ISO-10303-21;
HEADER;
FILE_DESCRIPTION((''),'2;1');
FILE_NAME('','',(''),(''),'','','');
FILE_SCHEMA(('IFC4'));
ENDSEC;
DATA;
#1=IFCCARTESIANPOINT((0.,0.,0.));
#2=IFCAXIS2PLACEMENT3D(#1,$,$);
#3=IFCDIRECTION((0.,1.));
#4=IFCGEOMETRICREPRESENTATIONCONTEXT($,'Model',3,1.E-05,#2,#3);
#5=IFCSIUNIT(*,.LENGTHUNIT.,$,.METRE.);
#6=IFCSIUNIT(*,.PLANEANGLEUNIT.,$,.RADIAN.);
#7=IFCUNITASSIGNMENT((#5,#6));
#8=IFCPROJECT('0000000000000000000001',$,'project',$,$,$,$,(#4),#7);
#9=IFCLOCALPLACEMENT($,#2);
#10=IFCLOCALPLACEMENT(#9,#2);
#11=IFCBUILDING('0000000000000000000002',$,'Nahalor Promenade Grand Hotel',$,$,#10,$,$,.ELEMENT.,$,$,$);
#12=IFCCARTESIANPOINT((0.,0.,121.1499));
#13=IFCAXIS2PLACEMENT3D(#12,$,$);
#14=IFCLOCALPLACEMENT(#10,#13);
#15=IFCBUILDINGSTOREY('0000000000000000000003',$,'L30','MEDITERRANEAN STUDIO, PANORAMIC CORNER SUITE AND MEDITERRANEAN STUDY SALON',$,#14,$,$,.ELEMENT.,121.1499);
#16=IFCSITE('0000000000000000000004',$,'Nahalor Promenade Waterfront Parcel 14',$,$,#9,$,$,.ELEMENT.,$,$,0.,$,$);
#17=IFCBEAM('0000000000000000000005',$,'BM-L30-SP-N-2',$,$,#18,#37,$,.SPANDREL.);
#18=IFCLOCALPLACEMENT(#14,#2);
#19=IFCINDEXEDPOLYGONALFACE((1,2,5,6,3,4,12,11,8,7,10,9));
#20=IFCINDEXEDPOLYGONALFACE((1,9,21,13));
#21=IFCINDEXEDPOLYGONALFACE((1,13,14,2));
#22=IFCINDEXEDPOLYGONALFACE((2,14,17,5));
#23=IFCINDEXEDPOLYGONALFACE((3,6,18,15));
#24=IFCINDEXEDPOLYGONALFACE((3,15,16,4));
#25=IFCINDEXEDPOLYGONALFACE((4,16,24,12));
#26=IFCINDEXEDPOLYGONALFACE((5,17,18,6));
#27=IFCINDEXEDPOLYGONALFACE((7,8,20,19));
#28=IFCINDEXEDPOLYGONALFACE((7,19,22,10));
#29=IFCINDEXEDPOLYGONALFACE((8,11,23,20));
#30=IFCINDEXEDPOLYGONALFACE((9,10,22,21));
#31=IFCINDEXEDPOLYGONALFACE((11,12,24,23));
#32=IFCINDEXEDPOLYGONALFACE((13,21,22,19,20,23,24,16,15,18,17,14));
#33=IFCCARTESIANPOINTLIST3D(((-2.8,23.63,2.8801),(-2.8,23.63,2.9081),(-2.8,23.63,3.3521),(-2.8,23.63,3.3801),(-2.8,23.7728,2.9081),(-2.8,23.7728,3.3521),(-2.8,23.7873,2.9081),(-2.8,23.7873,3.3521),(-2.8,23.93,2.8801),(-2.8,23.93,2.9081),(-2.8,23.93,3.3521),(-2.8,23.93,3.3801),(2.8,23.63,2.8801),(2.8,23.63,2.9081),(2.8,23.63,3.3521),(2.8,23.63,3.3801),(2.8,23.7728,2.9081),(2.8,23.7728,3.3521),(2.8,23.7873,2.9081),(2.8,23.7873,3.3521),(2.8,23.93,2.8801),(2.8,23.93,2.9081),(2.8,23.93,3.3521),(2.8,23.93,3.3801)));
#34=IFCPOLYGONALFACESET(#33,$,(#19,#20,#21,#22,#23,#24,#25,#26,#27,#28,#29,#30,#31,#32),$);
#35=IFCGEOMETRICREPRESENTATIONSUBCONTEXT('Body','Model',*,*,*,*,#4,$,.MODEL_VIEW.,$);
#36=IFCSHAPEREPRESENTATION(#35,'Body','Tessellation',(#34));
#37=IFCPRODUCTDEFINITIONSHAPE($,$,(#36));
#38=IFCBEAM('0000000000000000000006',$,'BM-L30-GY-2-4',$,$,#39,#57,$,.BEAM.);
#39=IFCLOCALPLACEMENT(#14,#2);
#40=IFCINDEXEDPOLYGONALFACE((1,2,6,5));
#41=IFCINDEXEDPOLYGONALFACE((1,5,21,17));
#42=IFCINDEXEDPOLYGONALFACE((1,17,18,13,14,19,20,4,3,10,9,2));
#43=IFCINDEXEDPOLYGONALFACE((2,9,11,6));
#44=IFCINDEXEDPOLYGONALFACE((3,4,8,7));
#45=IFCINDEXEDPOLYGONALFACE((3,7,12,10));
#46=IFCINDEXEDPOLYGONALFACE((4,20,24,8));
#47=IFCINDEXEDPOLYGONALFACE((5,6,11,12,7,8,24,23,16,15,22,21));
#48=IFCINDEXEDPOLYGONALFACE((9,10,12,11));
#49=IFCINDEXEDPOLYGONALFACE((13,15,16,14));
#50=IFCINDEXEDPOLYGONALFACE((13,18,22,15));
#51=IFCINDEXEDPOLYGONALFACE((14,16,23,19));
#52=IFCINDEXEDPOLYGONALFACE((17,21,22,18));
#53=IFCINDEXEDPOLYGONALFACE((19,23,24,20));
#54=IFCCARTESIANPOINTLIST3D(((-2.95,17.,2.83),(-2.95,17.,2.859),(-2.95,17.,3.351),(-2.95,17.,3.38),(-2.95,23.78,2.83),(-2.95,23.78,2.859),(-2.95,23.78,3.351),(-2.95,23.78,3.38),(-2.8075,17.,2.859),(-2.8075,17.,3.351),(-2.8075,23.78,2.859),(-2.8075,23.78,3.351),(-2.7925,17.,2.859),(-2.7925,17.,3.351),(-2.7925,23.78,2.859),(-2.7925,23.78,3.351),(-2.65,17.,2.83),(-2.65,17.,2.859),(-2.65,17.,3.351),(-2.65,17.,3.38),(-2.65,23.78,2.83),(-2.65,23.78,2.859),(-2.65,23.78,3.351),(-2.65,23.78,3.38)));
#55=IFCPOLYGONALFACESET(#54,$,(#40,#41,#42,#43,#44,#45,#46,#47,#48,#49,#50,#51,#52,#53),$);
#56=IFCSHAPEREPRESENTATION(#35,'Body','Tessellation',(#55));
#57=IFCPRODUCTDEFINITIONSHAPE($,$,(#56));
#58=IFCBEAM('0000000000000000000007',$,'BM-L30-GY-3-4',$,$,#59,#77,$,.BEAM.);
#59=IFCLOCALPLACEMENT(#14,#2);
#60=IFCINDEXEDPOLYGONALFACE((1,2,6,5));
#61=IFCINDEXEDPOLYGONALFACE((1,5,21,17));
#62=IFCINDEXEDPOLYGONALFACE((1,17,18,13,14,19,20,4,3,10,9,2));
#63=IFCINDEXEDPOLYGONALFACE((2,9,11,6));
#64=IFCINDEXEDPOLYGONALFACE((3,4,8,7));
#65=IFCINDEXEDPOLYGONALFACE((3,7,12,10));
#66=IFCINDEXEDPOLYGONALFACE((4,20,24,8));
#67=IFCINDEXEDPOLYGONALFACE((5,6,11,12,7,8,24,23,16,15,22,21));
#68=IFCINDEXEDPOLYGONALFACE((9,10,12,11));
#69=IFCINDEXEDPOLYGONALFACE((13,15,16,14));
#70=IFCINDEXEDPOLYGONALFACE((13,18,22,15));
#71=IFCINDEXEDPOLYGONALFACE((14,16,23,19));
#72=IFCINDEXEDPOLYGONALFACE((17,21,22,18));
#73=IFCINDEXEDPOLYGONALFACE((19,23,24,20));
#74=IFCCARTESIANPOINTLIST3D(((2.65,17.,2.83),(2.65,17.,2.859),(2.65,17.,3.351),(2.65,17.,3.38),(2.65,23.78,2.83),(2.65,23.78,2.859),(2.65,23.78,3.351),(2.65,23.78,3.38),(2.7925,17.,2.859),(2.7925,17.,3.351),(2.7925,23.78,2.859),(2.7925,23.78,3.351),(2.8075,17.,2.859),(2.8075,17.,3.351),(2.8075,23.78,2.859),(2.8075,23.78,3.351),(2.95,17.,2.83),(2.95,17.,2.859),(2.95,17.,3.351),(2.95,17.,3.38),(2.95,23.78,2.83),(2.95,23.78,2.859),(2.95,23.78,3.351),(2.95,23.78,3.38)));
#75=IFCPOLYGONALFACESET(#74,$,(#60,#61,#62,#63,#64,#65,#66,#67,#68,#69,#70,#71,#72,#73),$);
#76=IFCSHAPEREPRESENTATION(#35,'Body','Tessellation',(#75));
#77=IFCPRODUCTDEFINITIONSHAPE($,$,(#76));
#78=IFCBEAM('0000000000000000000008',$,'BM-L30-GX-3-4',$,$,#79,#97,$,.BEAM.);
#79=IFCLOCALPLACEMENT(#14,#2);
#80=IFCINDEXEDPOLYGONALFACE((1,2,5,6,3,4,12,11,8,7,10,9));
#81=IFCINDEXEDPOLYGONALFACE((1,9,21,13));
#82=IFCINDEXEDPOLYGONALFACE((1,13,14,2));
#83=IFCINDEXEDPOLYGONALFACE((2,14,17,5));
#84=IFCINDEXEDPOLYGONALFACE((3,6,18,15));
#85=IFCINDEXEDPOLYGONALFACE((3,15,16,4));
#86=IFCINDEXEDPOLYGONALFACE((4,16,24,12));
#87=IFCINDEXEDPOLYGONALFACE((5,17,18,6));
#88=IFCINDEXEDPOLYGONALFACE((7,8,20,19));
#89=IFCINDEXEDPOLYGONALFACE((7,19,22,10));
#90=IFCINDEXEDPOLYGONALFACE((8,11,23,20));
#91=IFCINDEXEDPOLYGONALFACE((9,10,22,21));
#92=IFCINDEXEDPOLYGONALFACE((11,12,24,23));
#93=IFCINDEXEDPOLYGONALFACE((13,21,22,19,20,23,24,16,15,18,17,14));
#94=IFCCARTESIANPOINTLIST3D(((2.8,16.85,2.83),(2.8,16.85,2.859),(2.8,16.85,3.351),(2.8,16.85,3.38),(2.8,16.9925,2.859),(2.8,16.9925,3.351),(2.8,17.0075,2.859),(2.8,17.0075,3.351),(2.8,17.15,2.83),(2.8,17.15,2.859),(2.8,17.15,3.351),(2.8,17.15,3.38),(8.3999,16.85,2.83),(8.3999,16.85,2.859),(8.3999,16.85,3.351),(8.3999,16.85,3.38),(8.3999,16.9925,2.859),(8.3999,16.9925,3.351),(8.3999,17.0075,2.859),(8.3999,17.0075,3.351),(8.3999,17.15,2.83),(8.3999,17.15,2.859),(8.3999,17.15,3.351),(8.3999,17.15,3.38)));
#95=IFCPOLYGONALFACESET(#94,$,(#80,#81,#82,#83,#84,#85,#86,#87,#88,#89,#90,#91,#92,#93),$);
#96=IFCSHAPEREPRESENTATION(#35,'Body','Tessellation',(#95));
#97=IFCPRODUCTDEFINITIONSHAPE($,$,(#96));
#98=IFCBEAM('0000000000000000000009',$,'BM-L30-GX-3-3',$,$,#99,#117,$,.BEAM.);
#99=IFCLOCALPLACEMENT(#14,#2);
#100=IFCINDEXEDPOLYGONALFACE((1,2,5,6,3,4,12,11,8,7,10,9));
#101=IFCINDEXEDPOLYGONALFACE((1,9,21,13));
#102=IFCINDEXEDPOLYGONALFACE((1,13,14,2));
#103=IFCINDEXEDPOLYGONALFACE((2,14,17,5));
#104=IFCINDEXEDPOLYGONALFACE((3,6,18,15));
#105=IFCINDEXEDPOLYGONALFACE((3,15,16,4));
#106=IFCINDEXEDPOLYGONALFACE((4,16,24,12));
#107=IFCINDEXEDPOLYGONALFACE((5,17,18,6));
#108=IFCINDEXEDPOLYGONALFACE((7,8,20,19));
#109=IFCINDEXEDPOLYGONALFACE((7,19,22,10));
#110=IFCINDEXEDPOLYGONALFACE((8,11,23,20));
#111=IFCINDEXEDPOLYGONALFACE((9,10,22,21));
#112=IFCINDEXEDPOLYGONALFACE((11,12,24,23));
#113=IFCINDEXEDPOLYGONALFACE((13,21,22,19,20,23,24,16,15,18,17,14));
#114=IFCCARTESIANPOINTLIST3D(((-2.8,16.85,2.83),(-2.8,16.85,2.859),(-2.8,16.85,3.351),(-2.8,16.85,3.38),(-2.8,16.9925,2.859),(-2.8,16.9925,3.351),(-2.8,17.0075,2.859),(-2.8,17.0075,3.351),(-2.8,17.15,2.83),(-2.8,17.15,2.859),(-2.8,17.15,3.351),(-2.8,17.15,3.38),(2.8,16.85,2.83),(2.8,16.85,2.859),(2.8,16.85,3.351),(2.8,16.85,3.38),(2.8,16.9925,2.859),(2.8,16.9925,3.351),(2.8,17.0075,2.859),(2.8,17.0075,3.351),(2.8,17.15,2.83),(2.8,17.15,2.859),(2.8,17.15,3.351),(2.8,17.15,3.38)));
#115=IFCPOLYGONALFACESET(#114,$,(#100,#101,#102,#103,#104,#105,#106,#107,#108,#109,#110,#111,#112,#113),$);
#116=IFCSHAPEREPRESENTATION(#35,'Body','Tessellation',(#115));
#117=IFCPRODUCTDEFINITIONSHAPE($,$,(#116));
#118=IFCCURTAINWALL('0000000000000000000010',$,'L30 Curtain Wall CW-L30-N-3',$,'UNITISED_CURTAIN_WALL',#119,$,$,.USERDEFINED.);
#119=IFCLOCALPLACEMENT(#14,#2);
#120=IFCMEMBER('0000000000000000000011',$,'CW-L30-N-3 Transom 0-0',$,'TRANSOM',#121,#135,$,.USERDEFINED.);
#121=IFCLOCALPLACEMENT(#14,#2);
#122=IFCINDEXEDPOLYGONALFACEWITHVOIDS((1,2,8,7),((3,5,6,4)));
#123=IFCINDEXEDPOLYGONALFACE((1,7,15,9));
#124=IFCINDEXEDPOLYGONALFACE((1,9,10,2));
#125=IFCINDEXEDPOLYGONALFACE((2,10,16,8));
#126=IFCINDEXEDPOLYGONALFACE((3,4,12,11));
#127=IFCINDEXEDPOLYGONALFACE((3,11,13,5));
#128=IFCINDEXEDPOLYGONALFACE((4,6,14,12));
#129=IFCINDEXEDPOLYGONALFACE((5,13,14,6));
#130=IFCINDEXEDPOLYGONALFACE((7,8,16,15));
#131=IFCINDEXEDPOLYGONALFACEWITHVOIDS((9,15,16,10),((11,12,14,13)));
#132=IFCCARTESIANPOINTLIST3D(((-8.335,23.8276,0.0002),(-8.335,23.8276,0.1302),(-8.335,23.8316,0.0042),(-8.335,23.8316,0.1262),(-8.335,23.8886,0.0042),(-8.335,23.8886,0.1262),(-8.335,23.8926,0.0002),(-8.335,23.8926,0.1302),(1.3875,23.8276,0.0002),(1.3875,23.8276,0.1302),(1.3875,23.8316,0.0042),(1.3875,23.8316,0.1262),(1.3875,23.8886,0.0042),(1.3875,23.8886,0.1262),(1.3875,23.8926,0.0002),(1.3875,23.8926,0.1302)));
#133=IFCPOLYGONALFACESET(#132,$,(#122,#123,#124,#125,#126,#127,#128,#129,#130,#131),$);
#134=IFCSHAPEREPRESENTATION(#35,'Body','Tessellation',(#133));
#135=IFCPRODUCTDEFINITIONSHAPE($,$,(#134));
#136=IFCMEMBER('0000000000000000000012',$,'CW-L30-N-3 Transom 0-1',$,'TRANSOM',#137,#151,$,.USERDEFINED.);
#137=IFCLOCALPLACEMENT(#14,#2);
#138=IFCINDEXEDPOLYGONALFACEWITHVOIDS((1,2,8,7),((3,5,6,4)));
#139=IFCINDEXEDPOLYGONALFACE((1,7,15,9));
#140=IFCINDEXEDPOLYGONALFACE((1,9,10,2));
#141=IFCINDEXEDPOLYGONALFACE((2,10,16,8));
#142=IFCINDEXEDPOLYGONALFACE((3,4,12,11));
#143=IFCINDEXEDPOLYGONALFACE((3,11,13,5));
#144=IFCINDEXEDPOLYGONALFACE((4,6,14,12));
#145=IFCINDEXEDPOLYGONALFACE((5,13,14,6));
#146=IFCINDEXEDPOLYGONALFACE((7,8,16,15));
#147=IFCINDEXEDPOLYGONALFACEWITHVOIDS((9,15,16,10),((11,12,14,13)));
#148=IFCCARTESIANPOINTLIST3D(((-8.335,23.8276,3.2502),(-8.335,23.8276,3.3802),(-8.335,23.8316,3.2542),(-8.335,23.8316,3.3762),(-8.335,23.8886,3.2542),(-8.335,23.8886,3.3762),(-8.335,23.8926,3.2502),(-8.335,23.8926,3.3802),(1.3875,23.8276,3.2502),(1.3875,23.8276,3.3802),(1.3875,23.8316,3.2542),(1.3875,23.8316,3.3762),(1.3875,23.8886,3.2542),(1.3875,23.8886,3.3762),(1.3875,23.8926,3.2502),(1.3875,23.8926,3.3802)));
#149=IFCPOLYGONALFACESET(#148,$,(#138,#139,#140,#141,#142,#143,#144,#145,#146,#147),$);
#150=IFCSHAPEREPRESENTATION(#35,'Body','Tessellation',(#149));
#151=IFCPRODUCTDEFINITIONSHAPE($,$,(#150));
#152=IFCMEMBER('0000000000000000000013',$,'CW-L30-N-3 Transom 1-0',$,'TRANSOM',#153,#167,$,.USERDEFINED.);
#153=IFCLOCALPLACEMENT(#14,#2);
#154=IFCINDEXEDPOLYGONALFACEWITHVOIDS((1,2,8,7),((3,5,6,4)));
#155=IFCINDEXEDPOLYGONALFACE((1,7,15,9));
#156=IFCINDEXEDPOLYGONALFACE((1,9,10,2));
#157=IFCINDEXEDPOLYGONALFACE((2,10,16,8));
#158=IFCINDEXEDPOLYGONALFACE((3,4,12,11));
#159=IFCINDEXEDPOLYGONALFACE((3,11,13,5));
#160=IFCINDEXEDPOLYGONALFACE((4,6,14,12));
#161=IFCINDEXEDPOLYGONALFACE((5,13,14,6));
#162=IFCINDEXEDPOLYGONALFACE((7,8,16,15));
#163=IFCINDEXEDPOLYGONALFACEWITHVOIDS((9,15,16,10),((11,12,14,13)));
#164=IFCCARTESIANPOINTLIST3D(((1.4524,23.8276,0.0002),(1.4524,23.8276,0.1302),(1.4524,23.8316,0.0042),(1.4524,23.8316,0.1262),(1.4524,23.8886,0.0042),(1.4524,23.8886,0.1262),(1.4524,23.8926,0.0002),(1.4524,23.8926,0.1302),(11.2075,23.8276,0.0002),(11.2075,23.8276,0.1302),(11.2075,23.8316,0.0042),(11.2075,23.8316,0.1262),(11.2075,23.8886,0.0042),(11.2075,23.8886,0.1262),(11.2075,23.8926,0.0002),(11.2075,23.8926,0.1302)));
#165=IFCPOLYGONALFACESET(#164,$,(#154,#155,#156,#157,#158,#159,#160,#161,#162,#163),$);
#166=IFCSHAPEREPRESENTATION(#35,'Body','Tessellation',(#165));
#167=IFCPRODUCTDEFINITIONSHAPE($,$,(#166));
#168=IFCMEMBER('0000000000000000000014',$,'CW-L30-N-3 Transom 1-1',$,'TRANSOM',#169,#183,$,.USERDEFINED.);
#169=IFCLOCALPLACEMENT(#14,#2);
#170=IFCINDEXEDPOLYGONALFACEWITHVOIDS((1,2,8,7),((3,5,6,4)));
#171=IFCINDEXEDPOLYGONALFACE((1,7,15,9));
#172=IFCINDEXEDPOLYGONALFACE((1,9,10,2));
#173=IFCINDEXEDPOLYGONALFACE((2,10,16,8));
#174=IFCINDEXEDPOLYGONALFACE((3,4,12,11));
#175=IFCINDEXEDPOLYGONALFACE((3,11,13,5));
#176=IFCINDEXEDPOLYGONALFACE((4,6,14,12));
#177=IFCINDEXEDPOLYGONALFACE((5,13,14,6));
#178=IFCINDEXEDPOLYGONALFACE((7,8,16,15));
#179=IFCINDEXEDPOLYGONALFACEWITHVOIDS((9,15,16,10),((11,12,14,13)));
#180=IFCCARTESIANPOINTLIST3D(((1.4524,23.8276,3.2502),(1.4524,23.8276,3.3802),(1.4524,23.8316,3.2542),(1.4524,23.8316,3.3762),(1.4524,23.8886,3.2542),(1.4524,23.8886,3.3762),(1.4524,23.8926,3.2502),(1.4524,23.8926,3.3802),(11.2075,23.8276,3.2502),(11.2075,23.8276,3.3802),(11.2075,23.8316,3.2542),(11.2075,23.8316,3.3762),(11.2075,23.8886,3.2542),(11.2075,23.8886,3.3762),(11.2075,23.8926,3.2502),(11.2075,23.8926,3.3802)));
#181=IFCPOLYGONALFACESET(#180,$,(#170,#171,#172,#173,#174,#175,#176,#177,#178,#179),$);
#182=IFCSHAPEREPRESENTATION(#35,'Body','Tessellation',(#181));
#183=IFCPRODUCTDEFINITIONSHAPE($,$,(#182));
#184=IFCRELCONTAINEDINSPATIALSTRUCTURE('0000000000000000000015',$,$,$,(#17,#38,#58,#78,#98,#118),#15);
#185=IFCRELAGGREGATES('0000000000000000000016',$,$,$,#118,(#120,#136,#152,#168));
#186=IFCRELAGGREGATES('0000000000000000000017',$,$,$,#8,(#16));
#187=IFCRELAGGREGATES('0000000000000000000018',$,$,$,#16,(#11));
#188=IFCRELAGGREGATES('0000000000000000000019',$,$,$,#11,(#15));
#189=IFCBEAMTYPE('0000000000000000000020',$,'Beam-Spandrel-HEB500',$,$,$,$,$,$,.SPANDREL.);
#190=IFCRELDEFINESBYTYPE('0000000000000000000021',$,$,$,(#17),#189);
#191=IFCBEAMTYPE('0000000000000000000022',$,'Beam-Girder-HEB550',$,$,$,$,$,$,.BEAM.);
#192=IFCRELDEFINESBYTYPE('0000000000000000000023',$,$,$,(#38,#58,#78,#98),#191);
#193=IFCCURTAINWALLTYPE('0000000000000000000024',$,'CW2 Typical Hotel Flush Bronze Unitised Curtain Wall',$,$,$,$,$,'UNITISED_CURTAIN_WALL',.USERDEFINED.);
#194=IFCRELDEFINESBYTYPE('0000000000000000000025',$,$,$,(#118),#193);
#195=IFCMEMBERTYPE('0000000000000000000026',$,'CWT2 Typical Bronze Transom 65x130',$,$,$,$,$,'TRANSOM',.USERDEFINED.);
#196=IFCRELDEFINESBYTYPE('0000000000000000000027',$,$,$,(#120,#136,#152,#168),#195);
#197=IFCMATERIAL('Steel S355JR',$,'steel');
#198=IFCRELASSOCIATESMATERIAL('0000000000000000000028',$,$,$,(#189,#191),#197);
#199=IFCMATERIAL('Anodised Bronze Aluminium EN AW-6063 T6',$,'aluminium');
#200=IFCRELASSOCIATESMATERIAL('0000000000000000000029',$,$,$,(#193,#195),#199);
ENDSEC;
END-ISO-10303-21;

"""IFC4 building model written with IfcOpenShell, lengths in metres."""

from ifc_helpers import new_model, si_unit, direction, frame, origin, origin_2d, place, context, subcontext, project, spatial, hollow_rectangle, i_section, extrude, source, transform, mapped, material, material_profile, profile_set, type_object, element, aggregate, save


model = new_model("IFC4")

# Units and contexts
model_context = context("Model", 3, precision=1e-05, world=origin(), true_north=direction((0.0, 1.0)))
body_context = subcontext(model_context, "Body", "Model", "MODEL_VIEW")
ifc_project = project(units=[si_unit("LENGTHUNIT", "METRE"), si_unit("PLANEANGLEUNIT", "RADIAN")], contexts=[model_context])

# Site, building, storey
site_placement = place(None, origin())
site = spatial("IfcSite", under=ifc_project, at=site_placement, Name="Nahalor Promenade Waterfront Parcel 14", CompositionType="ELEMENT", RefElevation=0.0)
building_placement = place(site_placement, origin())
building = spatial("IfcBuilding", under=site, at=building_placement, Name="Nahalor Promenade Grand Hotel", CompositionType="ELEMENT")
storey_placement = place(building_placement, frame((0.0, 0.0, 121.1499)))
storey = spatial("IfcBuildingStorey", under=building, at=storey_placement, Name="L30", Description="MEDITERRANEAN STUDIO, PANORAMIC CORNER SUITE AND MEDITERRANEAN STUDY SALON", CompositionType="ELEMENT", Elevation=121.1499)

# Beams
ifc_material_1 = material(Name="Steel S355JR", Category="steel")
ifc_material_profile_1 = material_profile(ifc_material_1, i_section(OverallWidth=0.3, OverallDepth=0.5, WebThickness=0.0145, FlangeThickness=0.028, at=origin_2d()), Name="HEB 500")
ifc_profile_set_1 = profile_set([ifc_material_profile_1], Name="Steel S355JR")
beam_type_1 = type_object("IfcBeamType", Name="Beam-Spandrel-HEB500", PredefinedType="SPANDREL", material=ifc_profile_set_1)
shared_shape_1 = source(origin(), body_context, "Body", "SweptSolid", [
    extrude(i_section(OverallWidth=0.3, OverallDepth=0.5, WebThickness=0.0145, FlangeThickness=0.028, at=origin_2d()), origin(), (0.0, 0.0, 1.0), 5.6001),
])
beam_1_placement = place(storey_placement, frame((-2.8, 23.78, 3.1301), z_axis=(1.0, 0.0, 0.0), x_axis=(0.0, 1.0, 0.0)))
element("IfcBeam", 1, at=beam_1_placement, inside=storey, type_object=beam_type_1, Name="BM-L30-SP-N-2", PredefinedType="SPANDREL", context=body_context, shape_type="MappedRepresentation", body=[
    mapped(shared_shape_1, transform((0.0, 0.0, 0.0), scale=1.0)),
])
ifc_material_profile_2 = material_profile(ifc_material_1, i_section(OverallWidth=0.3, OverallDepth=0.55, WebThickness=0.015, FlangeThickness=0.029, at=origin_2d()), Name="HEB 550")
ifc_profile_set_2 = profile_set([ifc_material_profile_2], Name="Steel S355JR")
beam_type_2 = type_object("IfcBeamType", Name="Beam-Girder-HEB550", PredefinedType="BEAM", material=ifc_profile_set_2)
shared_shape_2 = source(origin(), body_context, "Body", "SweptSolid", [
    extrude(i_section(OverallWidth=0.3, OverallDepth=0.55, WebThickness=0.015, FlangeThickness=0.029, at=origin_2d()), origin(), (0.0, 0.0, 1.0), 6.78),
])
for number, where, z_axis, x_axis, name in (
    (2, (-2.8, 17.0, 3.105), (0.0, 1.0, 0.0), (-1.0, 0.0, 0.0), "BM-L30-GY-2-4"),
    (3, (2.8, 17.0, 3.105), (0.0, 1.0, 0.0), (-1.0, 0.0, 0.0), "BM-L30-GY-3-4"),
):
    element("IfcBeam", number, at=place(storey_placement, frame(where, z_axis=z_axis, x_axis=x_axis)), inside=storey, type_object=beam_type_2, Name=name, PredefinedType="BEAM", context=body_context, shape_type="MappedRepresentation", body=[
        mapped(shared_shape_2, transform((0.0, 0.0, 0.0), scale=1.0)),
    ])
shared_shape_3 = source(origin(), body_context, "Body", "SweptSolid", [
    extrude(i_section(OverallWidth=0.3, OverallDepth=0.55, WebThickness=0.015, FlangeThickness=0.029, at=origin_2d()), origin(), (0.0, 0.0, 1.0), 5.5999),
])
beam_2_placement = place(storey_placement, frame((2.8, 17.0, 3.105), z_axis=(1.0, 0.0, 0.0), x_axis=(0.0, 1.0, 0.0)))
element("IfcBeam", 4, at=beam_2_placement, inside=storey, type_object=beam_type_2, Name="BM-L30-GX-3-4", PredefinedType="BEAM", context=body_context, shape_type="MappedRepresentation", body=[
    mapped(shared_shape_3, transform((0.0, 0.0, 0.0), scale=1.0)),
])
shared_shape_4 = source(origin(), body_context, "Body", "SweptSolid", [
    extrude(i_section(OverallWidth=0.3, OverallDepth=0.55, WebThickness=0.015, FlangeThickness=0.029, at=origin_2d()), origin(), (0.0, 0.0, 1.0), 5.6001),
])
beam_3_placement = place(storey_placement, frame((-2.8, 17.0, 3.105), z_axis=(1.0, 0.0, 0.0), x_axis=(0.0, 1.0, 0.0)))
element("IfcBeam", 5, at=beam_3_placement, inside=storey, type_object=beam_type_2, Name="BM-L30-GX-3-3", PredefinedType="BEAM", context=body_context, shape_type="MappedRepresentation", body=[
    mapped(shared_shape_4, transform((0.0, 0.0, 0.0), scale=1.0)),
])

# Curtain wall, members
ifc_material_2 = material(Name="Anodised Bronze Aluminium EN AW-6063 T6", Category="aluminium")
curtain_wall_type = type_object("IfcCurtainWallType", Name="CW2 Typical Hotel Flush Bronze Unitised Curtain Wall", ElementType="UNITISED_CURTAIN_WALL", PredefinedType="USERDEFINED", material=ifc_material_2)
curtain_wall_placement = place(storey_placement, origin())
curtain_wall = element("IfcCurtainWall", 6, at=curtain_wall_placement, inside=storey, type_object=curtain_wall_type, Name="L30 Curtain Wall CW-L30-N-3", ObjectType="UNITISED_CURTAIN_WALL", PredefinedType="USERDEFINED")
ifc_material_profile_3 = material_profile(ifc_material_2, hollow_rectangle(XDim=0.065, YDim=0.13, WallThickness=0.004, at=origin_2d()), Name="CWT 65x130x4")
ifc_profile_set_3 = profile_set([ifc_material_profile_3], Name="Anodised Bronze Aluminium EN AW-6063 T6")
member_type_1 = type_object("IfcMemberType", Name="CWT2 Typical Bronze Transom 65x130", ElementType="TRANSOM", PredefinedType="USERDEFINED", material=ifc_profile_set_3)
shared_shape_5 = source(origin(), body_context, "Body", "SweptSolid", [
    extrude(hollow_rectangle(XDim=0.065, YDim=0.13, WallThickness=0.004, at=origin_2d()), origin(), (0.0, 0.0, 1.0), 9.7224),
])
member_1_placement = place(storey_placement, frame((-8.335, 23.8601, 0.0652), z_axis=(1.0, 0.0, 0.0), x_axis=(0.0, 1.0, 0.0)))
member_1 = element("IfcMember", 7, at=member_1_placement, type_object=member_type_1, Name="CW-L30-N-3 Transom 0-0", ObjectType="TRANSOM", PredefinedType="USERDEFINED", context=body_context, shape_type="MappedRepresentation", body=[
    mapped(shared_shape_5, transform((0.0, 0.0, 0.0), scale=1.0)),
])
member_2_placement = place(storey_placement, frame((-8.335, 23.8601, 3.3152), z_axis=(1.0, 0.0, 0.0), x_axis=(0.0, 1.0, 0.0)))
member_2 = element("IfcMember", 8, at=member_2_placement, type_object=member_type_1, Name="CW-L30-N-3 Transom 0-1", ObjectType="TRANSOM", PredefinedType="USERDEFINED", context=body_context, shape_type="MappedRepresentation", body=[
    mapped(shared_shape_5, transform((0.0, 0.0, 0.0), scale=1.0)),
])
shared_shape_6 = source(origin(), body_context, "Body", "SweptSolid", [
    extrude(hollow_rectangle(XDim=0.065, YDim=0.13, WallThickness=0.004, at=origin_2d()), origin(), (0.0, 0.0, 1.0), 9.7551),
])
member_3_placement = place(storey_placement, frame((1.4524, 23.8601, 0.0652), z_axis=(1.0, 0.0, 0.0), x_axis=(0.0, 1.0, 0.0)))
member_3 = element("IfcMember", 9, at=member_3_placement, type_object=member_type_1, Name="CW-L30-N-3 Transom 1-0", ObjectType="TRANSOM", PredefinedType="USERDEFINED", context=body_context, shape_type="MappedRepresentation", body=[
    mapped(shared_shape_6, transform((0.0, 0.0, 0.0), scale=1.0)),
])
member_4_placement = place(storey_placement, frame((1.4524, 23.8601, 3.3152), z_axis=(1.0, 0.0, 0.0), x_axis=(0.0, 1.0, 0.0)))
member_4 = element("IfcMember", 10, at=member_4_placement, type_object=member_type_1, Name="CW-L30-N-3 Transom 1-1", ObjectType="TRANSOM", PredefinedType="USERDEFINED", context=body_context, shape_type="MappedRepresentation", body=[
    mapped(shared_shape_6, transform((0.0, 0.0, 0.0), scale=1.0)),
])
aggregate(curtain_wall, [member_1, member_2, member_3, member_4])

save(model, "model.ifc")
